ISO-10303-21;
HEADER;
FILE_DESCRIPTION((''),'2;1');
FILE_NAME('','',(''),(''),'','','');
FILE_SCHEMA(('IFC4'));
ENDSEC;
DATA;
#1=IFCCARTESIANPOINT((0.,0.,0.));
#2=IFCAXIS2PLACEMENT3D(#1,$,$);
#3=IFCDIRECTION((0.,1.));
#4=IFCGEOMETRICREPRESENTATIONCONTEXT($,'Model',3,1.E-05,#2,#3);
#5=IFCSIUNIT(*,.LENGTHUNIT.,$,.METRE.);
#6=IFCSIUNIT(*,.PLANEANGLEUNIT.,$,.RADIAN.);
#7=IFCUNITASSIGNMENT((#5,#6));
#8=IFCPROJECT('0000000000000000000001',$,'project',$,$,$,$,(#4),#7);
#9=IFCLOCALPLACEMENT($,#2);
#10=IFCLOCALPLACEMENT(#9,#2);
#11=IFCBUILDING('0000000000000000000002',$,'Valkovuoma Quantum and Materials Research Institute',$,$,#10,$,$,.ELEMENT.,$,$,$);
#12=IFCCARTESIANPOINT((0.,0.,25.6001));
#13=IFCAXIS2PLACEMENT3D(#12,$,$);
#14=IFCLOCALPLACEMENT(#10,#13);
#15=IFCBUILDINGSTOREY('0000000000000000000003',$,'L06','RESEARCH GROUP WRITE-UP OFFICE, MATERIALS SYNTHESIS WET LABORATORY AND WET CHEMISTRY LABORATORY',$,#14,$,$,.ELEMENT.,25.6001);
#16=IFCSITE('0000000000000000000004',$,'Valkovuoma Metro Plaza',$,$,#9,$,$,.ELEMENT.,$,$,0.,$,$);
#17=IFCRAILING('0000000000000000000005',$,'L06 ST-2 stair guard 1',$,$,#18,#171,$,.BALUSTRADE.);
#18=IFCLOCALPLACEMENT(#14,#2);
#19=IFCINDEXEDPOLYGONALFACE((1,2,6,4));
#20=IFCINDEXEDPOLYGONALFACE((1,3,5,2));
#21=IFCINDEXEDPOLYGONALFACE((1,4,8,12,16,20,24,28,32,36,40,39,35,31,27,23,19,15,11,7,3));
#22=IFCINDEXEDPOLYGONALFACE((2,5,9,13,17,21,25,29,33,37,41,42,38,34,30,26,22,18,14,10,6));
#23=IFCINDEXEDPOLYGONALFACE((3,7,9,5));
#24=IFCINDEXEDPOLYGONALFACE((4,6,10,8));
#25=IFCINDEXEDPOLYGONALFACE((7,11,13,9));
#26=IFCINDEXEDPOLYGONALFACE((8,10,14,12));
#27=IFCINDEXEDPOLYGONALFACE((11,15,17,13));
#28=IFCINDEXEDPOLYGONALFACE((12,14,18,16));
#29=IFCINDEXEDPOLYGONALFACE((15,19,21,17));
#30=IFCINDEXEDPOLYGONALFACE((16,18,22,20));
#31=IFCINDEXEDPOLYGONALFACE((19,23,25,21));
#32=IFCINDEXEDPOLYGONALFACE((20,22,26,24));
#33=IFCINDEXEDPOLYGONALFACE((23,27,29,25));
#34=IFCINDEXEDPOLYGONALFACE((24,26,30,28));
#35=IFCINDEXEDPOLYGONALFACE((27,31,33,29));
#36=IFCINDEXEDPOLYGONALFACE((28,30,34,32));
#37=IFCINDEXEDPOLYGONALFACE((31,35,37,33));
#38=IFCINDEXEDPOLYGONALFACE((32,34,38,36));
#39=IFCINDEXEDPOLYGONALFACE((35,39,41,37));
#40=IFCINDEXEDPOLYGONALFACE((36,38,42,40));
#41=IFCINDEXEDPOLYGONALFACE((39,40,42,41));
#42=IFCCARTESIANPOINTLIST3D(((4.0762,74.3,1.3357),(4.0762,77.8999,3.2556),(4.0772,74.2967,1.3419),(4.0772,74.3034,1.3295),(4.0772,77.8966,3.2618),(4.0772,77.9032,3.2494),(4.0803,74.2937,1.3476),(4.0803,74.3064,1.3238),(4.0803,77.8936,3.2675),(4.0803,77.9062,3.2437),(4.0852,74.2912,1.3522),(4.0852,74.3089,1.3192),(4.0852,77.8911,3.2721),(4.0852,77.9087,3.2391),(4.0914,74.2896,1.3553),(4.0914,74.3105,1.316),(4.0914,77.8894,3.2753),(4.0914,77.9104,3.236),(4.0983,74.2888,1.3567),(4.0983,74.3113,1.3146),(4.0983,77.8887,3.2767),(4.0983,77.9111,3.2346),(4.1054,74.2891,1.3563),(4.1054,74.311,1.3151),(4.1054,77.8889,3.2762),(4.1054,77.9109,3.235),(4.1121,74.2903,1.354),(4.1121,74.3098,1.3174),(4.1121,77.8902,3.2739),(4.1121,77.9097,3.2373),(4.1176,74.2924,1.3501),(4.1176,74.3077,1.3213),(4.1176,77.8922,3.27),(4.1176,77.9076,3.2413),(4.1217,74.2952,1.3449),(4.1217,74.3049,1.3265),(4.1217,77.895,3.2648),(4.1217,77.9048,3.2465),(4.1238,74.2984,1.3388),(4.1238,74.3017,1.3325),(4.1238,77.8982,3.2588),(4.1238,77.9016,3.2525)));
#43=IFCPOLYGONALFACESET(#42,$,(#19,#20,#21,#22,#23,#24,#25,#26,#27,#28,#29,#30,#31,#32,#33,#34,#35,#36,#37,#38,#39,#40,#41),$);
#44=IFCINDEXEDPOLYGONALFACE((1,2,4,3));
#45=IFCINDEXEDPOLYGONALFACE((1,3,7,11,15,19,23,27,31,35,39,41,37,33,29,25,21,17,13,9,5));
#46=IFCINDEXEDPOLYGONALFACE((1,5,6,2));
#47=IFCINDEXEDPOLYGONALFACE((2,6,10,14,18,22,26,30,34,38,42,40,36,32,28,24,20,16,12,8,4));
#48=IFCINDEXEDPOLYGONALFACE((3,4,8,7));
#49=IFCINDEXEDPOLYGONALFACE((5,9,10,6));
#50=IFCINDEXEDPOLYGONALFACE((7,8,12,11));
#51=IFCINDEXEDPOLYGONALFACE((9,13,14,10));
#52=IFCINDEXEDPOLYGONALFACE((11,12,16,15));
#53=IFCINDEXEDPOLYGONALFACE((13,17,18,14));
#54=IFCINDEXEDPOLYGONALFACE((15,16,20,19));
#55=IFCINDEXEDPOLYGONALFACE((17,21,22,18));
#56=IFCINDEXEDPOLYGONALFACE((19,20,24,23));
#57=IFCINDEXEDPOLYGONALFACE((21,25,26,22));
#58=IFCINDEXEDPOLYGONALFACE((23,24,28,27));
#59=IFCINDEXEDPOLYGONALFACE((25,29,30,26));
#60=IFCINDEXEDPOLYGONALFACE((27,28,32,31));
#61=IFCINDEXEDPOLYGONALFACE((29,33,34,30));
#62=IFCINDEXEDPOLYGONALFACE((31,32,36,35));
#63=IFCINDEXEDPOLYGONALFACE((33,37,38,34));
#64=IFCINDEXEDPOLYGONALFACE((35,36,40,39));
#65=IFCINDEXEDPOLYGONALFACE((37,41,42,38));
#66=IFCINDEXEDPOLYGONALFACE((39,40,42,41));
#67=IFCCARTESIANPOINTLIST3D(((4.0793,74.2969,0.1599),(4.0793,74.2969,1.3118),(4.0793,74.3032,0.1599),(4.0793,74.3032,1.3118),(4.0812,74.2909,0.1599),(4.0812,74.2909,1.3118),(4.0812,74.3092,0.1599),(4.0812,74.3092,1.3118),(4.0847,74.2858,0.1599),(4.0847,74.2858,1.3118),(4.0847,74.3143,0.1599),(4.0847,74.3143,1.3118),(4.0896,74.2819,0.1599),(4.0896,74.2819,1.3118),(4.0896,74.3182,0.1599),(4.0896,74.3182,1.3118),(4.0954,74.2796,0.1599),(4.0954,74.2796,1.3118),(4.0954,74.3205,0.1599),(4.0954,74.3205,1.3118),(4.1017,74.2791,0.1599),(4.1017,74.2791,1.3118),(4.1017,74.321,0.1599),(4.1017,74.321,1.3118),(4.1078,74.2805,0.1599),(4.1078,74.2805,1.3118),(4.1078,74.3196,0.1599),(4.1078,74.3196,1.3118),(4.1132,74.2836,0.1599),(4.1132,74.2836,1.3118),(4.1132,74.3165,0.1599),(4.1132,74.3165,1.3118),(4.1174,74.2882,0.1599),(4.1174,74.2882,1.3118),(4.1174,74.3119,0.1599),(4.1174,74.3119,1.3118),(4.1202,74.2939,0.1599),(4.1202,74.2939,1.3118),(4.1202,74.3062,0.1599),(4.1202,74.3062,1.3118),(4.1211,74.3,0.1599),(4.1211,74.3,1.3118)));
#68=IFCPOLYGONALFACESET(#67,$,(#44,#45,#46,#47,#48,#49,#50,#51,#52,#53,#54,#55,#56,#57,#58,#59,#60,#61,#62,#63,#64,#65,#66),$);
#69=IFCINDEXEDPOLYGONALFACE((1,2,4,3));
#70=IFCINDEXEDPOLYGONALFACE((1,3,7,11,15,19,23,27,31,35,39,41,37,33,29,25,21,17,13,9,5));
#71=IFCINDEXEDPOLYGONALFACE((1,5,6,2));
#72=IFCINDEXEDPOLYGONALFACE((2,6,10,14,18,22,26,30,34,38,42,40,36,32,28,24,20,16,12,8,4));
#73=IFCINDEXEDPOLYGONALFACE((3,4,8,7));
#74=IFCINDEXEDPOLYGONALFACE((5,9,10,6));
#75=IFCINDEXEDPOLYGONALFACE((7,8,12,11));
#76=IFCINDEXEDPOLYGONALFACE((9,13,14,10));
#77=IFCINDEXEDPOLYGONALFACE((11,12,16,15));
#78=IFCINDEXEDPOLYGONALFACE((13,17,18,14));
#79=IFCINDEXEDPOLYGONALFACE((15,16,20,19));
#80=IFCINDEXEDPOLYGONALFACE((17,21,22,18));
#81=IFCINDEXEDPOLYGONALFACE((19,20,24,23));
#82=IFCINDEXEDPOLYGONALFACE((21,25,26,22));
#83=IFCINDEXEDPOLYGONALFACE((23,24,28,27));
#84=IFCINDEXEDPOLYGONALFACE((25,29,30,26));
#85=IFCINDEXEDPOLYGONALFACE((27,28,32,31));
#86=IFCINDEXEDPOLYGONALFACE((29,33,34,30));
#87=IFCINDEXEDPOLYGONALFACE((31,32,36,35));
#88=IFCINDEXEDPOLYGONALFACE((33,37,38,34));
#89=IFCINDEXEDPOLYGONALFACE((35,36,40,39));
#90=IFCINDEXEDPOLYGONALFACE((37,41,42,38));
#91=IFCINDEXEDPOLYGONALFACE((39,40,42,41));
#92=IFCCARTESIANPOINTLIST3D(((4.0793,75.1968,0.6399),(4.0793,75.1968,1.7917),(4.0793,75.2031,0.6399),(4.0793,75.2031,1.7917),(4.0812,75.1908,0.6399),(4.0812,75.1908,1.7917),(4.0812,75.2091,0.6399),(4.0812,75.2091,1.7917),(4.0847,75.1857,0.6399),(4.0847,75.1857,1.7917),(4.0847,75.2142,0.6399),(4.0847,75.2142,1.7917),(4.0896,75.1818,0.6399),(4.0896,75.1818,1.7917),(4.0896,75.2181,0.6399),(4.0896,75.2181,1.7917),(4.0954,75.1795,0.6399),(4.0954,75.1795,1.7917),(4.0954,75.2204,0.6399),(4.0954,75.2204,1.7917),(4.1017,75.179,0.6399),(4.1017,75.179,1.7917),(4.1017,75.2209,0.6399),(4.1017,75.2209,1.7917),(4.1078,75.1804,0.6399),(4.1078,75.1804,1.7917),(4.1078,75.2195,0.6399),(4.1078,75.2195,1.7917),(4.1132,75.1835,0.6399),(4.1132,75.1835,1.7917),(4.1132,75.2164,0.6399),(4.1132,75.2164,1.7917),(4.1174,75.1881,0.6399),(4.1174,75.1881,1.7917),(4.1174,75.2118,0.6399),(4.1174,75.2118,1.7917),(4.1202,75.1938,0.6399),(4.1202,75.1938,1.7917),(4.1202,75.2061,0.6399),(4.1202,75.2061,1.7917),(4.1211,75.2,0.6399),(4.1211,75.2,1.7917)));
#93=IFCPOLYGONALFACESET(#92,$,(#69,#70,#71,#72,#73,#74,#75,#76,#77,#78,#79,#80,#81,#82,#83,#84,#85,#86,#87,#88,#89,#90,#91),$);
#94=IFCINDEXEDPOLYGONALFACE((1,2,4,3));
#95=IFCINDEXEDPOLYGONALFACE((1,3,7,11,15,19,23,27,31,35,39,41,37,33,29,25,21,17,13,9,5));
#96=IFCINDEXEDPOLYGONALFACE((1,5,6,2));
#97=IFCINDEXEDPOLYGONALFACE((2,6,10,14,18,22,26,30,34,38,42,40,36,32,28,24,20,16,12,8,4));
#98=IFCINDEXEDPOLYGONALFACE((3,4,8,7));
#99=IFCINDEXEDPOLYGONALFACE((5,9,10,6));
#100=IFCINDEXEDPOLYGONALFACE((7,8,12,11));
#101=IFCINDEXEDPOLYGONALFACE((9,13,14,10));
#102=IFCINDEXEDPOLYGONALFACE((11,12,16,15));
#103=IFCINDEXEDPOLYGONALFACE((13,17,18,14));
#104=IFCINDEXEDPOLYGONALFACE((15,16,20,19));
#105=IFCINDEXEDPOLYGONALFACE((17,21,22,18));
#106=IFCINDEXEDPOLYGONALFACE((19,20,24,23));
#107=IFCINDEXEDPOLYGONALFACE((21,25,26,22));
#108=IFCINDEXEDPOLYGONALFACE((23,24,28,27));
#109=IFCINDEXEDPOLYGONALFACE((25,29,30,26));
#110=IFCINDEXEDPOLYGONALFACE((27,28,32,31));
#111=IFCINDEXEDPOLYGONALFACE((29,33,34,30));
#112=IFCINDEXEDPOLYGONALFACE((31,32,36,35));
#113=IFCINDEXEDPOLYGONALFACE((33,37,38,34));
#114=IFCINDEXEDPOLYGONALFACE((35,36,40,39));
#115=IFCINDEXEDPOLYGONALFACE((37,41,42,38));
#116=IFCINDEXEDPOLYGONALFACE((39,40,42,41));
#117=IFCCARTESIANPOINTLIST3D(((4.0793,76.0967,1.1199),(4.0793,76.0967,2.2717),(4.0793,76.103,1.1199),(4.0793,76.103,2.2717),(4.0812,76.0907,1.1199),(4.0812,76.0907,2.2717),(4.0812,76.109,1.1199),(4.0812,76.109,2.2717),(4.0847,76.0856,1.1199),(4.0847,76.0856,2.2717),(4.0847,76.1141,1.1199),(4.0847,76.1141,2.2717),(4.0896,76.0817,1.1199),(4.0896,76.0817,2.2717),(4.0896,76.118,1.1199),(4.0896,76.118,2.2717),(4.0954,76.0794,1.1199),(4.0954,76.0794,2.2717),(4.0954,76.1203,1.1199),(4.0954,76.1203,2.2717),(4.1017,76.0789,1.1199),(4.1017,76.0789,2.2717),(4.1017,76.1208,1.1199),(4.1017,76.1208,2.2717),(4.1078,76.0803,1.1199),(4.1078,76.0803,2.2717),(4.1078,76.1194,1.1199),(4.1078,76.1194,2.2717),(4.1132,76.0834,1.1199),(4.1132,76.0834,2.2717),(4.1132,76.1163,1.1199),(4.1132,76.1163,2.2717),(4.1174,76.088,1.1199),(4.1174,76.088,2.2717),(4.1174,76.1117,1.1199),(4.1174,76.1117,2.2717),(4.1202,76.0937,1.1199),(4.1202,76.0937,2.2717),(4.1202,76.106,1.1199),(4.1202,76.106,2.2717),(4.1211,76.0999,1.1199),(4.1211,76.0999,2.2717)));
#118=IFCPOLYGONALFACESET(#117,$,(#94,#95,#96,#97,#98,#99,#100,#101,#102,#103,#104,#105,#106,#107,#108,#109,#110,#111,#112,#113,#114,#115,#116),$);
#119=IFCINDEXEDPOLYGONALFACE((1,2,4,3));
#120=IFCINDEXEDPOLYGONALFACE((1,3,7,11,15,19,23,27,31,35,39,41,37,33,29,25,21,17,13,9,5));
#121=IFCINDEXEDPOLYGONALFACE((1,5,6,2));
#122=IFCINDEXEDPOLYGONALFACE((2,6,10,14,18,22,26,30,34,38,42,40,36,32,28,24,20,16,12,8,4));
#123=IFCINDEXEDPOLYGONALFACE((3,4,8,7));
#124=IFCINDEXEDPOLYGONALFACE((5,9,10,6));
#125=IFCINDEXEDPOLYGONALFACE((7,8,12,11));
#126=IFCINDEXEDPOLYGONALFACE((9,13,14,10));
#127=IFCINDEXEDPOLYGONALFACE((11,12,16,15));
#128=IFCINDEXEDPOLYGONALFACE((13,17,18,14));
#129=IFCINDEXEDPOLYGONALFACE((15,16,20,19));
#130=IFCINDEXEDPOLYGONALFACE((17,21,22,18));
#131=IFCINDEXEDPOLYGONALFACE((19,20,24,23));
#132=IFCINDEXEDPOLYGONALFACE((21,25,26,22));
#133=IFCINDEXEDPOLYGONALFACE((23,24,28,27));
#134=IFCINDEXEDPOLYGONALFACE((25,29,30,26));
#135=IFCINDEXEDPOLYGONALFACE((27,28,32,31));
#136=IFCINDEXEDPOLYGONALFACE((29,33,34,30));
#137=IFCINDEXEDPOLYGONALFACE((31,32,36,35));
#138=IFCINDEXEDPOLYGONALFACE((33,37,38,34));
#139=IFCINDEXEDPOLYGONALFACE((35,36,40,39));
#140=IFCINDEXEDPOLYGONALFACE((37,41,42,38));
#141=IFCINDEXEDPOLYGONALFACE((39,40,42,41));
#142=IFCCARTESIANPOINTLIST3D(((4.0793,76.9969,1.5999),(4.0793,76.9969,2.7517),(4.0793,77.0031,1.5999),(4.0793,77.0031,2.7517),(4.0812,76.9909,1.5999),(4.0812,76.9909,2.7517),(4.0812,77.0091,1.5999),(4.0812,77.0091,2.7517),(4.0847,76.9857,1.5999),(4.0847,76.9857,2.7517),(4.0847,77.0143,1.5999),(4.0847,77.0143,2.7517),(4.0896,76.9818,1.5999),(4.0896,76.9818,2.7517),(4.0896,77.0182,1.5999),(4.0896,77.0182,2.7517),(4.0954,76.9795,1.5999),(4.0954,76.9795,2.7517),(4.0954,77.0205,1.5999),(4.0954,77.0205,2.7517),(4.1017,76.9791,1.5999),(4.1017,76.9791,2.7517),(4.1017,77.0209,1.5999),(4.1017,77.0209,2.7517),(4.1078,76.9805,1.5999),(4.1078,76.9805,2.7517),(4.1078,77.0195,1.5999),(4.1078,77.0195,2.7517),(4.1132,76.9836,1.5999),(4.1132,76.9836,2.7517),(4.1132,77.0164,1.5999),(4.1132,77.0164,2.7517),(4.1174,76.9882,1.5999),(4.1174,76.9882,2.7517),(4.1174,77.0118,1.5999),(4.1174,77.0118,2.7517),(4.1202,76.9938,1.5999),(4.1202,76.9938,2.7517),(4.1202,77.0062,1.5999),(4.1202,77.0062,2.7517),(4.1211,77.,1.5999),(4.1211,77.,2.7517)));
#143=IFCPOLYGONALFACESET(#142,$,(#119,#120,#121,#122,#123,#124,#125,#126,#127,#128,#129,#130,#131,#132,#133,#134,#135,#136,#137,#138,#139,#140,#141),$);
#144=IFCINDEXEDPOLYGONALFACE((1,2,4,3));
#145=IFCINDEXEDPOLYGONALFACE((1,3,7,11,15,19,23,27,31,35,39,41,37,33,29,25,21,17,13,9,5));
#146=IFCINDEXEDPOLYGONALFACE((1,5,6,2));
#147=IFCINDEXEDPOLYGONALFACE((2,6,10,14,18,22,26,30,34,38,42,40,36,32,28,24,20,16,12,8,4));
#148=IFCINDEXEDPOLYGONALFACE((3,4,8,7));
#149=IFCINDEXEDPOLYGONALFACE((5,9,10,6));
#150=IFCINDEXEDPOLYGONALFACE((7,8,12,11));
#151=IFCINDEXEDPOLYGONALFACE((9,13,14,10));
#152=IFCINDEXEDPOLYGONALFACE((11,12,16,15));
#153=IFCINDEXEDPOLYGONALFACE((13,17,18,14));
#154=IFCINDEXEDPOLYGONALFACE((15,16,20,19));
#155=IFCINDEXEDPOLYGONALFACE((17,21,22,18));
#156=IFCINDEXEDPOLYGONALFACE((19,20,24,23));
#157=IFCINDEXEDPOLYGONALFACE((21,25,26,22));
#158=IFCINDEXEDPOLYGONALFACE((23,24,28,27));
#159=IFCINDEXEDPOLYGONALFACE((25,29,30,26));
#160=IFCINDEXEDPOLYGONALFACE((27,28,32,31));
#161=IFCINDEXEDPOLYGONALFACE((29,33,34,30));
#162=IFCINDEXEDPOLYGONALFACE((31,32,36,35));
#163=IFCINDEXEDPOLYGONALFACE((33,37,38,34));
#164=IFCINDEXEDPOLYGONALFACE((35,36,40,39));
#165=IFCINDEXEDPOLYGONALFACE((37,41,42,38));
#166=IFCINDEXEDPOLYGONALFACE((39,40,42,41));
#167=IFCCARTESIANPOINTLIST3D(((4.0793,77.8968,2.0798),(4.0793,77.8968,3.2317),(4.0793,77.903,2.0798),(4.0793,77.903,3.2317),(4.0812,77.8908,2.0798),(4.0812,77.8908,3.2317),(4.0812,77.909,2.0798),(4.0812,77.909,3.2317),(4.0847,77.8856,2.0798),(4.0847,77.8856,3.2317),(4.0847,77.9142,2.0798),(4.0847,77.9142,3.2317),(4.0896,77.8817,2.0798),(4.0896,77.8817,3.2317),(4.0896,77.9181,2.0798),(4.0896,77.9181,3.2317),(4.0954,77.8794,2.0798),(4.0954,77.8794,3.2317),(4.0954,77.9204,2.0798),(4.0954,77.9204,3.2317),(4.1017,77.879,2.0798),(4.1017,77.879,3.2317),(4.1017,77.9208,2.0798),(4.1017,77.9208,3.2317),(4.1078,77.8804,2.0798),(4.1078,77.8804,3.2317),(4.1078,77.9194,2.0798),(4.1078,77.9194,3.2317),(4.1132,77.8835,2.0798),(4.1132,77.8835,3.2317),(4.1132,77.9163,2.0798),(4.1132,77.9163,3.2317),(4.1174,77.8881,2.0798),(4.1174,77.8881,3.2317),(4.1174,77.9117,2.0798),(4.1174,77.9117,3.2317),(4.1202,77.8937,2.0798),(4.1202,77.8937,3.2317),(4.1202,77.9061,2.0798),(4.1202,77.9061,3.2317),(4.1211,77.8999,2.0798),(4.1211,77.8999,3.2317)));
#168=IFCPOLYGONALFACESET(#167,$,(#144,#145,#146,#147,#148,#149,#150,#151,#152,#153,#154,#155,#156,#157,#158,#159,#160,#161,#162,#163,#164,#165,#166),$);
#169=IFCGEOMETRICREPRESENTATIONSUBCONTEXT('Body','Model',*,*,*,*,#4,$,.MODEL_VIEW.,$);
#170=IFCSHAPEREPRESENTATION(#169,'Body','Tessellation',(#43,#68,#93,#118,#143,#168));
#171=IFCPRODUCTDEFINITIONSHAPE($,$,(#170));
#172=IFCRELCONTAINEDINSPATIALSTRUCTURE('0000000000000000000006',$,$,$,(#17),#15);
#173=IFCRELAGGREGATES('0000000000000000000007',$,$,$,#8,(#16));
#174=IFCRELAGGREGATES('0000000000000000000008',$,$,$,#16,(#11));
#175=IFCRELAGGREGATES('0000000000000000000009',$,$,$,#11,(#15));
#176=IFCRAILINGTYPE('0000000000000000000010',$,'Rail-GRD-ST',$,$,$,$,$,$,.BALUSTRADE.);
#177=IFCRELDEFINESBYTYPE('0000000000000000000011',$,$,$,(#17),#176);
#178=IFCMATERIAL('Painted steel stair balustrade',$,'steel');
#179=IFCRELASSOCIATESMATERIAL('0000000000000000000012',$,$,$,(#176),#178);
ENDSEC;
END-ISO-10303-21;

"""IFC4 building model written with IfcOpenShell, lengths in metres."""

from ifc_helpers import new_model, si_unit, direction, frame, origin, origin_2d, place, context, subcontext, project, spatial, circle, extrude, material, type_object, element, save


model = new_model("IFC4")

# Units and contexts
model_context = context("Model", 3, precision=1e-05, world=origin(), true_north=direction((0.0, 1.0)))
body_context = subcontext(model_context, "Body", "Model", "MODEL_VIEW")
ifc_project = project(units=[si_unit("LENGTHUNIT", "METRE"), si_unit("PLANEANGLEUNIT", "RADIAN")], contexts=[model_context])

# Site, building, storey
site_placement = place(None, origin())
site = spatial("IfcSite", under=ifc_project, at=site_placement, Name="Valkovuoma Metro Plaza", CompositionType="ELEMENT", RefElevation=0.0)
building_placement = place(site_placement, origin())
building = spatial("IfcBuilding", under=site, at=building_placement, Name="Valkovuoma Quantum and Materials Research Institute", CompositionType="ELEMENT")
storey_placement = place(building_placement, frame((0.0, 0.0, 25.6001)))
storey = spatial("IfcBuildingStorey", under=building, at=storey_placement, Name="L06", Description="RESEARCH GROUP WRITE-UP OFFICE, MATERIALS SYNTHESIS WET LABORATORY AND WET CHEMISTRY LABORATORY", CompositionType="ELEMENT", Elevation=25.6001)

# Railing
ifc_material_1 = material(Name="Painted steel stair balustrade", Category="steel")
railing_type_1 = type_object("IfcRailingType", Name="Rail-GRD-ST", PredefinedType="BALUSTRADE", material=ifc_material_1)
railing_1_placement = place(storey_placement, frame((4.1001, 74.3, 0.1599)))
element("IfcRailing", 1, at=railing_1_placement, inside=storey, type_object=railing_type_1, Name="L06 ST-2 stair guard 1", PredefinedType="BALUSTRADE", context=body_context, shape_type="SweptSolid", body=[
    extrude(circle(Radius=0.0239, at=origin_2d()), frame((0.0, 0.0, 1.1758), z_axis=(0.0, 0.882353, 0.470588), x_axis=(-1.0, 0.0, 0.0)), (0.0, 0.0, 1.0), 4.0798),
    extrude(circle(Radius=0.021, at=origin_2d()), origin(), (0.0, 0.0, 1.0), 1.1519),
    extrude(circle(Radius=0.021, at=origin_2d()), frame((0.0, 0.8999, 0.48)), (0.0, 0.0, 1.0), 1.1519),
    extrude(circle(Radius=0.021, at=origin_2d()), frame((0.0, 1.7998, 0.96)), (0.0, 0.0, 1.0), 1.1519),
    extrude(circle(Radius=0.021, at=origin_2d()), frame((0.0, 2.7, 1.4399)), (0.0, 0.0, 1.0), 1.1519),
    extrude(circle(Radius=0.021, at=origin_2d()), frame((0.0, 3.5999, 1.9199)), (0.0, 0.0, 1.0), 1.1519),
])

save(model, "model.ifc")
